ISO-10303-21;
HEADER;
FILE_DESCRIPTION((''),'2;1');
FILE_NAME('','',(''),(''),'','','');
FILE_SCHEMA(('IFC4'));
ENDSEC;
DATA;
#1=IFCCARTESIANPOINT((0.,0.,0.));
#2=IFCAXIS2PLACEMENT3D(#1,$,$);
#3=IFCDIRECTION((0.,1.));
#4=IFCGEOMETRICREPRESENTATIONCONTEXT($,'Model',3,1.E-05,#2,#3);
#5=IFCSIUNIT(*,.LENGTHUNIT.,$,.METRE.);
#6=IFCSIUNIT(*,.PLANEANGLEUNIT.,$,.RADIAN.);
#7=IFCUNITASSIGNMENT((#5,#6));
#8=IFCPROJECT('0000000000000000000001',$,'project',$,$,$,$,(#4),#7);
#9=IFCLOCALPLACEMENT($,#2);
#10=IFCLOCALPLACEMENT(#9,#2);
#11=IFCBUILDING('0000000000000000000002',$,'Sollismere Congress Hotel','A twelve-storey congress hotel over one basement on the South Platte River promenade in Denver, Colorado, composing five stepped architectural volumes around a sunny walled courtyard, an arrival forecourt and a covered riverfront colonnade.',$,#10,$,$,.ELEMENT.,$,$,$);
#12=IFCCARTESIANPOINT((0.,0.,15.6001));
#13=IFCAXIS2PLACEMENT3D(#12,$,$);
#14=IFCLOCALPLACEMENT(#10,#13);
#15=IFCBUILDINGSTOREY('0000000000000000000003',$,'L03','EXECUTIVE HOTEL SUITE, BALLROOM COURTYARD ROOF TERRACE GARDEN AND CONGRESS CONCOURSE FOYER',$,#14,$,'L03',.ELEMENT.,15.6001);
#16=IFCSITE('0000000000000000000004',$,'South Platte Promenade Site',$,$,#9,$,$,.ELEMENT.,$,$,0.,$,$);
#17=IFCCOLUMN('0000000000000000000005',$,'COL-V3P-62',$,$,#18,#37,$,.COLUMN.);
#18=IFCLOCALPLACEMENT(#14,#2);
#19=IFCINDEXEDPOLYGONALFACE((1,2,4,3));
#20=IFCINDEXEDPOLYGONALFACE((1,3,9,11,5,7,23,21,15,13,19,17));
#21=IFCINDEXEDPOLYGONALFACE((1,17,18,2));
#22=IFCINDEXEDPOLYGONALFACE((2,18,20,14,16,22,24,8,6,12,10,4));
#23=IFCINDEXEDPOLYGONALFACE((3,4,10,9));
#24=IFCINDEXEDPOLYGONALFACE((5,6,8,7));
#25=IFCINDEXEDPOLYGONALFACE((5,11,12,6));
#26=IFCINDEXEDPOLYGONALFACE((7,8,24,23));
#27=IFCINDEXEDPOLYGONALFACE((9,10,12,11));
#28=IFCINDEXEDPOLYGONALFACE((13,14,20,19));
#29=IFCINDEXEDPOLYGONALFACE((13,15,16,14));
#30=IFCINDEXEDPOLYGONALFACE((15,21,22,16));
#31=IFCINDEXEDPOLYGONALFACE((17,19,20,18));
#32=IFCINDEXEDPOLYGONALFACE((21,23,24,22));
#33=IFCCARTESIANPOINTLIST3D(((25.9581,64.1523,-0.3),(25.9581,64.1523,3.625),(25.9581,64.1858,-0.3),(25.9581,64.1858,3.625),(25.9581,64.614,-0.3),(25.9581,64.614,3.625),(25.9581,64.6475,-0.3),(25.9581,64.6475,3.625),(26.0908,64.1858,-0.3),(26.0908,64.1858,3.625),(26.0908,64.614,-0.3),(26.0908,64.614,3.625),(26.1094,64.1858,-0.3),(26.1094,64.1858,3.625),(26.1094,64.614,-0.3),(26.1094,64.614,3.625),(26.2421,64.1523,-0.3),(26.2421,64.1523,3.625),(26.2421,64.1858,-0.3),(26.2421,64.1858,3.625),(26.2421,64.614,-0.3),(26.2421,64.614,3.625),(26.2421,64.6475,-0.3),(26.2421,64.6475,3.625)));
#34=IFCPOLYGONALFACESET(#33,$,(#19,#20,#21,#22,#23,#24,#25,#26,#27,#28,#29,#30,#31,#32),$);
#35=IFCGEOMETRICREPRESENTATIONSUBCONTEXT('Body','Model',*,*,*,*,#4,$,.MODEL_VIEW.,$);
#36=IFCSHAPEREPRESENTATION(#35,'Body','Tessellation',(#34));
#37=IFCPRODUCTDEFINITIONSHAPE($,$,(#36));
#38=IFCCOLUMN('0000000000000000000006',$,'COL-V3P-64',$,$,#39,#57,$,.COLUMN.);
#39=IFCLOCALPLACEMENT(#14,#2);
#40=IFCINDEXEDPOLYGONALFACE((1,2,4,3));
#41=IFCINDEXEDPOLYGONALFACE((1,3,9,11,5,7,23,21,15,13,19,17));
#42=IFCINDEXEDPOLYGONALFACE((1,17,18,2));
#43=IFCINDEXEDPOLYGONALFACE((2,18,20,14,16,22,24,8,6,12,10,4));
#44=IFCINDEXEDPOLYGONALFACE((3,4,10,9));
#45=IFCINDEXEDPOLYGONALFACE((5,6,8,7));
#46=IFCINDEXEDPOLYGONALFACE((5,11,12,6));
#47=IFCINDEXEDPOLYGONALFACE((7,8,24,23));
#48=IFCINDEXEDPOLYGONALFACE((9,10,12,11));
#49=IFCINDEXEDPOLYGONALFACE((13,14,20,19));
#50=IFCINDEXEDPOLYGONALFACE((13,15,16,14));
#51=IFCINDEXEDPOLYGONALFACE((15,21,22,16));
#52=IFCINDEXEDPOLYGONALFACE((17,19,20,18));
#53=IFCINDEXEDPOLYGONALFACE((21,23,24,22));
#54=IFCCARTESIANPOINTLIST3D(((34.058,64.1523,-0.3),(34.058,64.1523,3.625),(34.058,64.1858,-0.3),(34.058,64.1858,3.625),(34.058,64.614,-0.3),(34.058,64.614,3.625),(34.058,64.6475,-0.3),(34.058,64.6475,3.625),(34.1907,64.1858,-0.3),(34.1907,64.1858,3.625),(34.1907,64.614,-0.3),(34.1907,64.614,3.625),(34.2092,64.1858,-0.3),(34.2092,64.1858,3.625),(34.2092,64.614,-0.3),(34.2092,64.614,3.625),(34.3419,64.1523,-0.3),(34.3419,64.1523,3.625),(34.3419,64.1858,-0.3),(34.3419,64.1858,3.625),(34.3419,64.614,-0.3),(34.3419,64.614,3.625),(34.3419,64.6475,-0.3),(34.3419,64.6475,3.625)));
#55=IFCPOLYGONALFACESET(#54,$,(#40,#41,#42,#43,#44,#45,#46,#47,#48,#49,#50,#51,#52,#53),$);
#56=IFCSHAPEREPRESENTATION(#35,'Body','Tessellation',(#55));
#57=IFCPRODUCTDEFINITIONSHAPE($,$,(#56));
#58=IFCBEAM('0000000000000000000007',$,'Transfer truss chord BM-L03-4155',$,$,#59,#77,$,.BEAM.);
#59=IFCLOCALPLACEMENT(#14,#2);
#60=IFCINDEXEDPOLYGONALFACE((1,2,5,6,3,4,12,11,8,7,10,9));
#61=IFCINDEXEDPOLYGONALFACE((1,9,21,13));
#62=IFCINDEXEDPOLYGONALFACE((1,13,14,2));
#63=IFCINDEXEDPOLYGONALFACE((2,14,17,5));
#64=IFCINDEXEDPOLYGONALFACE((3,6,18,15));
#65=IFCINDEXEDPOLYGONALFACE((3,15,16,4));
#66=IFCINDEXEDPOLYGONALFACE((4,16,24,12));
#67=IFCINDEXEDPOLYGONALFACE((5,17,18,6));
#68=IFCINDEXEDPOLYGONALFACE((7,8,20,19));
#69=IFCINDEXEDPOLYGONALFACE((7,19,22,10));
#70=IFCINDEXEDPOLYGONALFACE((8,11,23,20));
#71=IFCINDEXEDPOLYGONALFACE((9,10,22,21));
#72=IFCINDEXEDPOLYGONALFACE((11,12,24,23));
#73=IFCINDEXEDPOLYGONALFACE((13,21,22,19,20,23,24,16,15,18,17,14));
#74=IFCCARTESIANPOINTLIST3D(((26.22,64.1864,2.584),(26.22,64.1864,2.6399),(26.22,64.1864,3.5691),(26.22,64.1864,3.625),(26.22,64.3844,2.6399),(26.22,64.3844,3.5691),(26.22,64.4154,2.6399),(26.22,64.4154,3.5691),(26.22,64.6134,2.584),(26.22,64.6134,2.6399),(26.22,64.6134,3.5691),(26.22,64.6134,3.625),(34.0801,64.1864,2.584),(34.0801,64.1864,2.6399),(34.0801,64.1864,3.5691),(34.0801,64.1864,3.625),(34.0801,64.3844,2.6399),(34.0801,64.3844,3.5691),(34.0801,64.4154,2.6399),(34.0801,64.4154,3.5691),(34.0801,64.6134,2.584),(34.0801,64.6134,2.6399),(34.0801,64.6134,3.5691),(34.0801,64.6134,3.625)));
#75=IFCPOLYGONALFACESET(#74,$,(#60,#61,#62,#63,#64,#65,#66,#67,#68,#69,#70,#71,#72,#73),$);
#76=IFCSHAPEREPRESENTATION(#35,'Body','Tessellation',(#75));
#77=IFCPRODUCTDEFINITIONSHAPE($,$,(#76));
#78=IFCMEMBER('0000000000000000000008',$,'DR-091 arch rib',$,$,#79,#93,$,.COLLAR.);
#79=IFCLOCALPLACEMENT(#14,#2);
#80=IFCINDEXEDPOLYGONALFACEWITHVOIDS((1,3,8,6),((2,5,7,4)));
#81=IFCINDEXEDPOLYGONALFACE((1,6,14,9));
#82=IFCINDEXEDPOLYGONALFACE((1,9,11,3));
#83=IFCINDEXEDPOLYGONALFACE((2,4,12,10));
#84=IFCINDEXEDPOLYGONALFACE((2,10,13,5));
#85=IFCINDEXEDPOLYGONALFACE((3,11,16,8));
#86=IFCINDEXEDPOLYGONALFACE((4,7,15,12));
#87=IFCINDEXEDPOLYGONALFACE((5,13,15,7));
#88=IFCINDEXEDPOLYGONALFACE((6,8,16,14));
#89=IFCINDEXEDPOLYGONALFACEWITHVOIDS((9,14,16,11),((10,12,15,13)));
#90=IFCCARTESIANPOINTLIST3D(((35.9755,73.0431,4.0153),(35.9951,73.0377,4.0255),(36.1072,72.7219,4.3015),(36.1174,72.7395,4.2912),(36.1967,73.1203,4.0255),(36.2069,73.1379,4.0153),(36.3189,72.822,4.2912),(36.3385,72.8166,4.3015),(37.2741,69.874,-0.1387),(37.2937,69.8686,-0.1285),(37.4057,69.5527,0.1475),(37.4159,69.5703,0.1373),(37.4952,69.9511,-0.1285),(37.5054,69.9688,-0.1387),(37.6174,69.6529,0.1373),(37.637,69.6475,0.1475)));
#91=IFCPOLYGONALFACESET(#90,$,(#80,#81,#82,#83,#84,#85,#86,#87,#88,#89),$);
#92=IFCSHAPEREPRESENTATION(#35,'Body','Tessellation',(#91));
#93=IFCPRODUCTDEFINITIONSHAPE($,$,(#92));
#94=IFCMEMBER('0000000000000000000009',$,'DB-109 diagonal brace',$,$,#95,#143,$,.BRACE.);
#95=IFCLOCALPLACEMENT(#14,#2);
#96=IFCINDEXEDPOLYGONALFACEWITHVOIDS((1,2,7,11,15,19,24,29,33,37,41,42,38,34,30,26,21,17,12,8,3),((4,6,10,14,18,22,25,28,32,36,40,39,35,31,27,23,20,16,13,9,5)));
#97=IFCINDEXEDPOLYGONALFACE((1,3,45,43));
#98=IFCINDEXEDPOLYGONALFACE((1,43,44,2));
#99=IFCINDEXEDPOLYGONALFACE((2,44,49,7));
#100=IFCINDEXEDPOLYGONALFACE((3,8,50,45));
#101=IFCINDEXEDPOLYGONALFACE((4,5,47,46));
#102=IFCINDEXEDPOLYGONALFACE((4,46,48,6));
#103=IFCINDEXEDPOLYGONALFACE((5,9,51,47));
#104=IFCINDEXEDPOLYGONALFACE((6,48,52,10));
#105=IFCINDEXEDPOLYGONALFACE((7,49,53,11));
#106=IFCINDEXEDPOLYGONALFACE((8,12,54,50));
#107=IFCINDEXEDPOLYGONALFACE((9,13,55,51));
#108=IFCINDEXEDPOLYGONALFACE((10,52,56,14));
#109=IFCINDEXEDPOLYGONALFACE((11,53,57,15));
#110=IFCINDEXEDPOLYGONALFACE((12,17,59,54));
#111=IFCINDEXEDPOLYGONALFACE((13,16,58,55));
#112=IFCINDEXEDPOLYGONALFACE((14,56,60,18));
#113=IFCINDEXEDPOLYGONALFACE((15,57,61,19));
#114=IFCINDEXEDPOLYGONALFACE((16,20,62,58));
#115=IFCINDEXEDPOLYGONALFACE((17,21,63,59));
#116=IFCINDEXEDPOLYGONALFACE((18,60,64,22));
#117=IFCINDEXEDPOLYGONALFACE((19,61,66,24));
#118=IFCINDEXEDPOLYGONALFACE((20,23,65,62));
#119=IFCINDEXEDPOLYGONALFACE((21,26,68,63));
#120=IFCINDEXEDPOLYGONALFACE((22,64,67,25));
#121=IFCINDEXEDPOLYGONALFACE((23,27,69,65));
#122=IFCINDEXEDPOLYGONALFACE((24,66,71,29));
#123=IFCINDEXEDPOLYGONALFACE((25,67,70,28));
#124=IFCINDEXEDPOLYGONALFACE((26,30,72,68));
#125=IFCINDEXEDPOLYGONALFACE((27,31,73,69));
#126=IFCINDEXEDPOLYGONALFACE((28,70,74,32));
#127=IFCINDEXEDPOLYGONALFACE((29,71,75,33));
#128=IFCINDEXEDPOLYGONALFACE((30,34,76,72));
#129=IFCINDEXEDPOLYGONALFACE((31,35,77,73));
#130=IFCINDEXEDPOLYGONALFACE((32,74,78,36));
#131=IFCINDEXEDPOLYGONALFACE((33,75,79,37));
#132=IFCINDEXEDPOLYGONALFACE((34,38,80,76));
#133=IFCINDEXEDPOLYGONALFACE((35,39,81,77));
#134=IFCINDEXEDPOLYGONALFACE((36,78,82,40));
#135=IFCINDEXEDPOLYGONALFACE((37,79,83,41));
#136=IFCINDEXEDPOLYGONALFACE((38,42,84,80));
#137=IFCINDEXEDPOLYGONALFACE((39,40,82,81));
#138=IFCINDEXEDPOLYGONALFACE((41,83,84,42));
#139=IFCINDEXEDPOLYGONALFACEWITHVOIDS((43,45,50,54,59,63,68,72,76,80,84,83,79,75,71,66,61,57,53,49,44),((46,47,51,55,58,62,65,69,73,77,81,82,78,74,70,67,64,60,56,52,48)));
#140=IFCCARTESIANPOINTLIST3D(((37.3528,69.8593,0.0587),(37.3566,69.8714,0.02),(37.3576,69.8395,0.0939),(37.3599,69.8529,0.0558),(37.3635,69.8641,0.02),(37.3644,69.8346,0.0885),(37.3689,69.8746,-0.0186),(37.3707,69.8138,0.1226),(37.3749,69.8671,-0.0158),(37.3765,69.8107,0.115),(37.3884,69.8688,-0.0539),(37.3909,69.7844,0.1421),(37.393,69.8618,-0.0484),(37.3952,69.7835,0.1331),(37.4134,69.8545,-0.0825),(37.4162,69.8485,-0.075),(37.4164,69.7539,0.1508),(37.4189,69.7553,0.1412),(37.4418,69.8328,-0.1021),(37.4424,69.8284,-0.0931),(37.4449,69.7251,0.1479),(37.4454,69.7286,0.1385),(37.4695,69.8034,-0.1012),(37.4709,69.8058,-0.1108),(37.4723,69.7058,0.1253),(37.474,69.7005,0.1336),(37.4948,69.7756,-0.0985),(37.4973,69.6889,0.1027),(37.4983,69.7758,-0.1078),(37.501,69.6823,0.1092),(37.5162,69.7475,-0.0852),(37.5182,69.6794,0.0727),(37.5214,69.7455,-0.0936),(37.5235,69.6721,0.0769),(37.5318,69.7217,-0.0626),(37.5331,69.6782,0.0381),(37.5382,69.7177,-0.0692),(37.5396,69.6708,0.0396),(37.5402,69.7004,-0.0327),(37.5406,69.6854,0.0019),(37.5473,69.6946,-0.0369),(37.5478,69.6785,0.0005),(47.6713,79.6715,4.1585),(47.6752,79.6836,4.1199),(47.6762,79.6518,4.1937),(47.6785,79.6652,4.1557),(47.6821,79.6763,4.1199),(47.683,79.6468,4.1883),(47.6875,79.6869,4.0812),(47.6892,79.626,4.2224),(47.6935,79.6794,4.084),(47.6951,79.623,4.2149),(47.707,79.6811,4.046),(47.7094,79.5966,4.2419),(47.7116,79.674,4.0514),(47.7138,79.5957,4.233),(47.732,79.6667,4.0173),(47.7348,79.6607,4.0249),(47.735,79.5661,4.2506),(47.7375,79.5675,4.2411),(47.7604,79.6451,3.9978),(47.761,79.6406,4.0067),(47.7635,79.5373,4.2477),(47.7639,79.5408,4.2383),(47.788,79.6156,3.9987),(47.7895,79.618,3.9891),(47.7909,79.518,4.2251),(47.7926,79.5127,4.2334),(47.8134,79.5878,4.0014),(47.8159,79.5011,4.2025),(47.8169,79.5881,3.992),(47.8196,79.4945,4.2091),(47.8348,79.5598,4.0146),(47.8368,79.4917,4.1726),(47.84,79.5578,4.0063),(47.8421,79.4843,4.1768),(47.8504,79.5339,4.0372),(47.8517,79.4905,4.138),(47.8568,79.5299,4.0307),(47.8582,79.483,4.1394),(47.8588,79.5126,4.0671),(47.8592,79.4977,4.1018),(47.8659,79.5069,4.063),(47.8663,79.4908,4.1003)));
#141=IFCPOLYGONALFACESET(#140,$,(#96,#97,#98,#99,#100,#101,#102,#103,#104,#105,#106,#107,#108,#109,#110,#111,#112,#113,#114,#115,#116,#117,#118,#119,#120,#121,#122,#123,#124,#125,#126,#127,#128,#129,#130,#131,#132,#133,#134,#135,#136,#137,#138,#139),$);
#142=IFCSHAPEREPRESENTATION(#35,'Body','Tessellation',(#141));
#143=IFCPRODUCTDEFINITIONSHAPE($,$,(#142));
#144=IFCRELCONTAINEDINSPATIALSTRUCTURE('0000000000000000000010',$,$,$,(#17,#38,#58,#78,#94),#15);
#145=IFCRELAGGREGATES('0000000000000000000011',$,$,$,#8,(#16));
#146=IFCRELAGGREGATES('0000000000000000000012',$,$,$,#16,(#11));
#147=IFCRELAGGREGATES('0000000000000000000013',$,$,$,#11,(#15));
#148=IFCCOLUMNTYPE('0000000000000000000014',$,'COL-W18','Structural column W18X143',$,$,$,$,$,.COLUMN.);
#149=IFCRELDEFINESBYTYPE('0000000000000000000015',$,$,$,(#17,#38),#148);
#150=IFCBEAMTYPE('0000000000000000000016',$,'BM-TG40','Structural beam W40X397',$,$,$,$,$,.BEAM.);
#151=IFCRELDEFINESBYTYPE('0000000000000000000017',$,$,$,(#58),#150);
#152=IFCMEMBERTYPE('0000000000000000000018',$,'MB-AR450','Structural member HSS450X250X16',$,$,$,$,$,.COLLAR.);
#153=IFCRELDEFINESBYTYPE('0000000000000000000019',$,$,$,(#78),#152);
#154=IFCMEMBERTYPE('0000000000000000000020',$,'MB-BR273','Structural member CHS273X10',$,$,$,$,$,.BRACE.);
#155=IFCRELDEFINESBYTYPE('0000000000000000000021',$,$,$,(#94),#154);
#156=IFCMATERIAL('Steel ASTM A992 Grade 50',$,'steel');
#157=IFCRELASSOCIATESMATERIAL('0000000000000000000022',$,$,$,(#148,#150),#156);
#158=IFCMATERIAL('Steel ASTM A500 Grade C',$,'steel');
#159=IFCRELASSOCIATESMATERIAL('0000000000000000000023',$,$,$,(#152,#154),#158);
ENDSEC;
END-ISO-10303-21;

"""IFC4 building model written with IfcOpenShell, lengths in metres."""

from ifc_helpers import new_model, si_unit, direction, frame, origin, origin_2d, place, context, subcontext, project, spatial, hollow_rectangle, hollow_circle, i_section, extrude, material, material_profile, profile_set, type_object, element, save


model = new_model("IFC4")

# Units and contexts
model_context = context("Model", 3, precision=1e-05, world=origin(), true_north=direction((0.0, 1.0)))
body_context = subcontext(model_context, "Body", "Model", "MODEL_VIEW")
ifc_project = project(units=[si_unit("LENGTHUNIT", "METRE"), si_unit("PLANEANGLEUNIT", "RADIAN")], contexts=[model_context])

# Site, building, storey
site_placement = place(None, origin())
site = spatial("IfcSite", under=ifc_project, at=site_placement, Name="South Platte Promenade Site", CompositionType="ELEMENT", RefElevation=0.0)
building_placement = place(site_placement, origin())
building = spatial("IfcBuilding", under=site, at=building_placement, Name="Sollismere Congress Hotel", Description="A twelve-storey congress hotel over one basement on the South Platte River promenade in Denver, Colorado, composing five stepped architectural volumes around a sunny walled courtyard, an arrival forecourt and a covered riverfront colonnade.", CompositionType="ELEMENT")
storey_placement = place(building_placement, frame((0.0, 0.0, 15.6001)))
storey = spatial("IfcBuildingStorey", under=building, at=storey_placement, Name="L03", Description="EXECUTIVE HOTEL SUITE, BALLROOM COURTYARD ROOF TERRACE GARDEN AND CONGRESS CONCOURSE FOYER", LongName="L03", CompositionType="ELEMENT", Elevation=15.6001)

# Columns
ifc_material_1 = material(Name="Steel ASTM A992 Grade 50", Category="steel")
ifc_material_profile_1 = material_profile(ifc_material_1, i_section(OverallWidth=0.2839, OverallDepth=0.4951, WebThickness=0.0186, FlangeThickness=0.0334, at=origin_2d()), Name="W18X143")
ifc_profile_set_1 = profile_set([ifc_material_profile_1], Name="Steel ASTM A992 Grade 50")
column_type = type_object("IfcColumnType", Name="COL-W18", Description="Structural column W18X143", PredefinedType="COLUMN", material=ifc_profile_set_1)
for number, where, z_axis, x_axis, name in (
    (1, (26.1001, 64.3999, -0.3), (0.0, 0.0, 1.0), (1.0, 0.0, 0.0), "COL-V3P-62"),
    (2, (34.2, 64.3999, -0.3), (0.0, 0.0, 1.0), (1.0, 0.0, 0.0), "COL-V3P-64"),
):
    element("IfcColumn", number, at=place(storey_placement, frame(where, z_axis=z_axis, x_axis=x_axis)), inside=storey, type_object=column_type, Name=name, PredefinedType="COLUMN", context=body_context, shape_type="SweptSolid", body=[
        extrude(i_section(OverallWidth=0.2839, OverallDepth=0.4951, WebThickness=0.0186, FlangeThickness=0.0334, at=origin_2d()), origin(), (0.0, 0.0, 1.0), 3.925),
    ])

# Beam
ifc_material_profile_2 = material_profile(ifc_material_1, i_section(OverallWidth=0.427, OverallDepth=1.041, WebThickness=0.031, FlangeThickness=0.0559, at=origin_2d()), Name="W40X397")
ifc_profile_set_2 = profile_set([ifc_material_profile_2], Name="Steel ASTM A992 Grade 50")
beam_type = type_object("IfcBeamType", Name="BM-TG40", Description="Structural beam W40X397", PredefinedType="BEAM", material=ifc_profile_set_2)
beam_placement = place(storey_placement, frame((26.22, 64.3999, 3.1045), z_axis=(1.0, 0.0, 0.0), x_axis=(0.0, 1.0, 0.0)))
element("IfcBeam", 3, at=beam_placement, inside=storey, type_object=beam_type, Name="Transfer truss chord BM-L03-4155", PredefinedType="BEAM", context=body_context, shape_type="SweptSolid", body=[
    extrude(i_section(OverallWidth=0.427, OverallDepth=1.041, WebThickness=0.031, FlangeThickness=0.0559, at=origin_2d()), origin(), (0.0, 0.0, 1.0), 7.8601),
])

# Members
ifc_material_2 = material(Name="Steel ASTM A500 Grade C", Category="steel")
ifc_material_profile_3 = material_profile(ifc_material_2, hollow_rectangle(XDim=0.25, YDim=0.45, WallThickness=0.0161, at=origin_2d()), Name="HSS450X250X16")
ifc_profile_set_3 = profile_set([ifc_material_profile_3], Name="Steel ASTM A500 Grade C")
member_type_1 = type_object("IfcMemberType", Name="MB-AR450", Description="Structural member HSS450X250X16", PredefinedType="COLLAR", material=ifc_profile_set_3)
member_1_placement = place(storey_placement, frame((37.4556, 69.7607, 0.0044), z_axis=(-0.241198, 0.588643, 0.771571), x_axis=(-0.925332, -0.379157, 0.0)))
element("IfcMember", 4, at=member_1_placement, inside=storey, type_object=member_type_1, Name="DR-091 arch rib", PredefinedType="COLLAR", context=body_context, shape_type="SweptSolid", body=[
    extrude(hollow_rectangle(XDim=0.25, YDim=0.45, WallThickness=0.0161, at=origin_2d()), origin(), (0.0, 0.0, 1.0), 5.3838),
])
ifc_material_profile_4 = material_profile(ifc_material_2, hollow_circle(Radius=0.1365, WallThickness=0.01, at=origin_2d()), Name="CHS273X10")
ifc_profile_set_4 = profile_set([ifc_material_profile_4], Name="Steel ASTM A500 Grade C")
member_type_2 = type_object("IfcMemberType", Name="MB-BR273", Description="Structural member CHS273X10", PredefinedType="BRACE", material=ifc_profile_set_4)
member_2_placement = place(storey_placement, frame((37.4507, 69.7725, 0.02), z_axis=(0.696372, 0.662201, 0.276687), x_axis=(-0.689103, 0.724663, 0.0)))
element("IfcMember", 5, at=member_2_placement, inside=storey, type_object=member_type_2, Name="DB-109 diagonal brace", PredefinedType="BRACE", context=body_context, shape_type="SweptSolid", body=[
    extrude(hollow_circle(Radius=0.1365, WallThickness=0.01, at=origin_2d()), origin(), (0.0, 0.0, 1.0), 14.8176),
])

save(model, "model.ifc")
